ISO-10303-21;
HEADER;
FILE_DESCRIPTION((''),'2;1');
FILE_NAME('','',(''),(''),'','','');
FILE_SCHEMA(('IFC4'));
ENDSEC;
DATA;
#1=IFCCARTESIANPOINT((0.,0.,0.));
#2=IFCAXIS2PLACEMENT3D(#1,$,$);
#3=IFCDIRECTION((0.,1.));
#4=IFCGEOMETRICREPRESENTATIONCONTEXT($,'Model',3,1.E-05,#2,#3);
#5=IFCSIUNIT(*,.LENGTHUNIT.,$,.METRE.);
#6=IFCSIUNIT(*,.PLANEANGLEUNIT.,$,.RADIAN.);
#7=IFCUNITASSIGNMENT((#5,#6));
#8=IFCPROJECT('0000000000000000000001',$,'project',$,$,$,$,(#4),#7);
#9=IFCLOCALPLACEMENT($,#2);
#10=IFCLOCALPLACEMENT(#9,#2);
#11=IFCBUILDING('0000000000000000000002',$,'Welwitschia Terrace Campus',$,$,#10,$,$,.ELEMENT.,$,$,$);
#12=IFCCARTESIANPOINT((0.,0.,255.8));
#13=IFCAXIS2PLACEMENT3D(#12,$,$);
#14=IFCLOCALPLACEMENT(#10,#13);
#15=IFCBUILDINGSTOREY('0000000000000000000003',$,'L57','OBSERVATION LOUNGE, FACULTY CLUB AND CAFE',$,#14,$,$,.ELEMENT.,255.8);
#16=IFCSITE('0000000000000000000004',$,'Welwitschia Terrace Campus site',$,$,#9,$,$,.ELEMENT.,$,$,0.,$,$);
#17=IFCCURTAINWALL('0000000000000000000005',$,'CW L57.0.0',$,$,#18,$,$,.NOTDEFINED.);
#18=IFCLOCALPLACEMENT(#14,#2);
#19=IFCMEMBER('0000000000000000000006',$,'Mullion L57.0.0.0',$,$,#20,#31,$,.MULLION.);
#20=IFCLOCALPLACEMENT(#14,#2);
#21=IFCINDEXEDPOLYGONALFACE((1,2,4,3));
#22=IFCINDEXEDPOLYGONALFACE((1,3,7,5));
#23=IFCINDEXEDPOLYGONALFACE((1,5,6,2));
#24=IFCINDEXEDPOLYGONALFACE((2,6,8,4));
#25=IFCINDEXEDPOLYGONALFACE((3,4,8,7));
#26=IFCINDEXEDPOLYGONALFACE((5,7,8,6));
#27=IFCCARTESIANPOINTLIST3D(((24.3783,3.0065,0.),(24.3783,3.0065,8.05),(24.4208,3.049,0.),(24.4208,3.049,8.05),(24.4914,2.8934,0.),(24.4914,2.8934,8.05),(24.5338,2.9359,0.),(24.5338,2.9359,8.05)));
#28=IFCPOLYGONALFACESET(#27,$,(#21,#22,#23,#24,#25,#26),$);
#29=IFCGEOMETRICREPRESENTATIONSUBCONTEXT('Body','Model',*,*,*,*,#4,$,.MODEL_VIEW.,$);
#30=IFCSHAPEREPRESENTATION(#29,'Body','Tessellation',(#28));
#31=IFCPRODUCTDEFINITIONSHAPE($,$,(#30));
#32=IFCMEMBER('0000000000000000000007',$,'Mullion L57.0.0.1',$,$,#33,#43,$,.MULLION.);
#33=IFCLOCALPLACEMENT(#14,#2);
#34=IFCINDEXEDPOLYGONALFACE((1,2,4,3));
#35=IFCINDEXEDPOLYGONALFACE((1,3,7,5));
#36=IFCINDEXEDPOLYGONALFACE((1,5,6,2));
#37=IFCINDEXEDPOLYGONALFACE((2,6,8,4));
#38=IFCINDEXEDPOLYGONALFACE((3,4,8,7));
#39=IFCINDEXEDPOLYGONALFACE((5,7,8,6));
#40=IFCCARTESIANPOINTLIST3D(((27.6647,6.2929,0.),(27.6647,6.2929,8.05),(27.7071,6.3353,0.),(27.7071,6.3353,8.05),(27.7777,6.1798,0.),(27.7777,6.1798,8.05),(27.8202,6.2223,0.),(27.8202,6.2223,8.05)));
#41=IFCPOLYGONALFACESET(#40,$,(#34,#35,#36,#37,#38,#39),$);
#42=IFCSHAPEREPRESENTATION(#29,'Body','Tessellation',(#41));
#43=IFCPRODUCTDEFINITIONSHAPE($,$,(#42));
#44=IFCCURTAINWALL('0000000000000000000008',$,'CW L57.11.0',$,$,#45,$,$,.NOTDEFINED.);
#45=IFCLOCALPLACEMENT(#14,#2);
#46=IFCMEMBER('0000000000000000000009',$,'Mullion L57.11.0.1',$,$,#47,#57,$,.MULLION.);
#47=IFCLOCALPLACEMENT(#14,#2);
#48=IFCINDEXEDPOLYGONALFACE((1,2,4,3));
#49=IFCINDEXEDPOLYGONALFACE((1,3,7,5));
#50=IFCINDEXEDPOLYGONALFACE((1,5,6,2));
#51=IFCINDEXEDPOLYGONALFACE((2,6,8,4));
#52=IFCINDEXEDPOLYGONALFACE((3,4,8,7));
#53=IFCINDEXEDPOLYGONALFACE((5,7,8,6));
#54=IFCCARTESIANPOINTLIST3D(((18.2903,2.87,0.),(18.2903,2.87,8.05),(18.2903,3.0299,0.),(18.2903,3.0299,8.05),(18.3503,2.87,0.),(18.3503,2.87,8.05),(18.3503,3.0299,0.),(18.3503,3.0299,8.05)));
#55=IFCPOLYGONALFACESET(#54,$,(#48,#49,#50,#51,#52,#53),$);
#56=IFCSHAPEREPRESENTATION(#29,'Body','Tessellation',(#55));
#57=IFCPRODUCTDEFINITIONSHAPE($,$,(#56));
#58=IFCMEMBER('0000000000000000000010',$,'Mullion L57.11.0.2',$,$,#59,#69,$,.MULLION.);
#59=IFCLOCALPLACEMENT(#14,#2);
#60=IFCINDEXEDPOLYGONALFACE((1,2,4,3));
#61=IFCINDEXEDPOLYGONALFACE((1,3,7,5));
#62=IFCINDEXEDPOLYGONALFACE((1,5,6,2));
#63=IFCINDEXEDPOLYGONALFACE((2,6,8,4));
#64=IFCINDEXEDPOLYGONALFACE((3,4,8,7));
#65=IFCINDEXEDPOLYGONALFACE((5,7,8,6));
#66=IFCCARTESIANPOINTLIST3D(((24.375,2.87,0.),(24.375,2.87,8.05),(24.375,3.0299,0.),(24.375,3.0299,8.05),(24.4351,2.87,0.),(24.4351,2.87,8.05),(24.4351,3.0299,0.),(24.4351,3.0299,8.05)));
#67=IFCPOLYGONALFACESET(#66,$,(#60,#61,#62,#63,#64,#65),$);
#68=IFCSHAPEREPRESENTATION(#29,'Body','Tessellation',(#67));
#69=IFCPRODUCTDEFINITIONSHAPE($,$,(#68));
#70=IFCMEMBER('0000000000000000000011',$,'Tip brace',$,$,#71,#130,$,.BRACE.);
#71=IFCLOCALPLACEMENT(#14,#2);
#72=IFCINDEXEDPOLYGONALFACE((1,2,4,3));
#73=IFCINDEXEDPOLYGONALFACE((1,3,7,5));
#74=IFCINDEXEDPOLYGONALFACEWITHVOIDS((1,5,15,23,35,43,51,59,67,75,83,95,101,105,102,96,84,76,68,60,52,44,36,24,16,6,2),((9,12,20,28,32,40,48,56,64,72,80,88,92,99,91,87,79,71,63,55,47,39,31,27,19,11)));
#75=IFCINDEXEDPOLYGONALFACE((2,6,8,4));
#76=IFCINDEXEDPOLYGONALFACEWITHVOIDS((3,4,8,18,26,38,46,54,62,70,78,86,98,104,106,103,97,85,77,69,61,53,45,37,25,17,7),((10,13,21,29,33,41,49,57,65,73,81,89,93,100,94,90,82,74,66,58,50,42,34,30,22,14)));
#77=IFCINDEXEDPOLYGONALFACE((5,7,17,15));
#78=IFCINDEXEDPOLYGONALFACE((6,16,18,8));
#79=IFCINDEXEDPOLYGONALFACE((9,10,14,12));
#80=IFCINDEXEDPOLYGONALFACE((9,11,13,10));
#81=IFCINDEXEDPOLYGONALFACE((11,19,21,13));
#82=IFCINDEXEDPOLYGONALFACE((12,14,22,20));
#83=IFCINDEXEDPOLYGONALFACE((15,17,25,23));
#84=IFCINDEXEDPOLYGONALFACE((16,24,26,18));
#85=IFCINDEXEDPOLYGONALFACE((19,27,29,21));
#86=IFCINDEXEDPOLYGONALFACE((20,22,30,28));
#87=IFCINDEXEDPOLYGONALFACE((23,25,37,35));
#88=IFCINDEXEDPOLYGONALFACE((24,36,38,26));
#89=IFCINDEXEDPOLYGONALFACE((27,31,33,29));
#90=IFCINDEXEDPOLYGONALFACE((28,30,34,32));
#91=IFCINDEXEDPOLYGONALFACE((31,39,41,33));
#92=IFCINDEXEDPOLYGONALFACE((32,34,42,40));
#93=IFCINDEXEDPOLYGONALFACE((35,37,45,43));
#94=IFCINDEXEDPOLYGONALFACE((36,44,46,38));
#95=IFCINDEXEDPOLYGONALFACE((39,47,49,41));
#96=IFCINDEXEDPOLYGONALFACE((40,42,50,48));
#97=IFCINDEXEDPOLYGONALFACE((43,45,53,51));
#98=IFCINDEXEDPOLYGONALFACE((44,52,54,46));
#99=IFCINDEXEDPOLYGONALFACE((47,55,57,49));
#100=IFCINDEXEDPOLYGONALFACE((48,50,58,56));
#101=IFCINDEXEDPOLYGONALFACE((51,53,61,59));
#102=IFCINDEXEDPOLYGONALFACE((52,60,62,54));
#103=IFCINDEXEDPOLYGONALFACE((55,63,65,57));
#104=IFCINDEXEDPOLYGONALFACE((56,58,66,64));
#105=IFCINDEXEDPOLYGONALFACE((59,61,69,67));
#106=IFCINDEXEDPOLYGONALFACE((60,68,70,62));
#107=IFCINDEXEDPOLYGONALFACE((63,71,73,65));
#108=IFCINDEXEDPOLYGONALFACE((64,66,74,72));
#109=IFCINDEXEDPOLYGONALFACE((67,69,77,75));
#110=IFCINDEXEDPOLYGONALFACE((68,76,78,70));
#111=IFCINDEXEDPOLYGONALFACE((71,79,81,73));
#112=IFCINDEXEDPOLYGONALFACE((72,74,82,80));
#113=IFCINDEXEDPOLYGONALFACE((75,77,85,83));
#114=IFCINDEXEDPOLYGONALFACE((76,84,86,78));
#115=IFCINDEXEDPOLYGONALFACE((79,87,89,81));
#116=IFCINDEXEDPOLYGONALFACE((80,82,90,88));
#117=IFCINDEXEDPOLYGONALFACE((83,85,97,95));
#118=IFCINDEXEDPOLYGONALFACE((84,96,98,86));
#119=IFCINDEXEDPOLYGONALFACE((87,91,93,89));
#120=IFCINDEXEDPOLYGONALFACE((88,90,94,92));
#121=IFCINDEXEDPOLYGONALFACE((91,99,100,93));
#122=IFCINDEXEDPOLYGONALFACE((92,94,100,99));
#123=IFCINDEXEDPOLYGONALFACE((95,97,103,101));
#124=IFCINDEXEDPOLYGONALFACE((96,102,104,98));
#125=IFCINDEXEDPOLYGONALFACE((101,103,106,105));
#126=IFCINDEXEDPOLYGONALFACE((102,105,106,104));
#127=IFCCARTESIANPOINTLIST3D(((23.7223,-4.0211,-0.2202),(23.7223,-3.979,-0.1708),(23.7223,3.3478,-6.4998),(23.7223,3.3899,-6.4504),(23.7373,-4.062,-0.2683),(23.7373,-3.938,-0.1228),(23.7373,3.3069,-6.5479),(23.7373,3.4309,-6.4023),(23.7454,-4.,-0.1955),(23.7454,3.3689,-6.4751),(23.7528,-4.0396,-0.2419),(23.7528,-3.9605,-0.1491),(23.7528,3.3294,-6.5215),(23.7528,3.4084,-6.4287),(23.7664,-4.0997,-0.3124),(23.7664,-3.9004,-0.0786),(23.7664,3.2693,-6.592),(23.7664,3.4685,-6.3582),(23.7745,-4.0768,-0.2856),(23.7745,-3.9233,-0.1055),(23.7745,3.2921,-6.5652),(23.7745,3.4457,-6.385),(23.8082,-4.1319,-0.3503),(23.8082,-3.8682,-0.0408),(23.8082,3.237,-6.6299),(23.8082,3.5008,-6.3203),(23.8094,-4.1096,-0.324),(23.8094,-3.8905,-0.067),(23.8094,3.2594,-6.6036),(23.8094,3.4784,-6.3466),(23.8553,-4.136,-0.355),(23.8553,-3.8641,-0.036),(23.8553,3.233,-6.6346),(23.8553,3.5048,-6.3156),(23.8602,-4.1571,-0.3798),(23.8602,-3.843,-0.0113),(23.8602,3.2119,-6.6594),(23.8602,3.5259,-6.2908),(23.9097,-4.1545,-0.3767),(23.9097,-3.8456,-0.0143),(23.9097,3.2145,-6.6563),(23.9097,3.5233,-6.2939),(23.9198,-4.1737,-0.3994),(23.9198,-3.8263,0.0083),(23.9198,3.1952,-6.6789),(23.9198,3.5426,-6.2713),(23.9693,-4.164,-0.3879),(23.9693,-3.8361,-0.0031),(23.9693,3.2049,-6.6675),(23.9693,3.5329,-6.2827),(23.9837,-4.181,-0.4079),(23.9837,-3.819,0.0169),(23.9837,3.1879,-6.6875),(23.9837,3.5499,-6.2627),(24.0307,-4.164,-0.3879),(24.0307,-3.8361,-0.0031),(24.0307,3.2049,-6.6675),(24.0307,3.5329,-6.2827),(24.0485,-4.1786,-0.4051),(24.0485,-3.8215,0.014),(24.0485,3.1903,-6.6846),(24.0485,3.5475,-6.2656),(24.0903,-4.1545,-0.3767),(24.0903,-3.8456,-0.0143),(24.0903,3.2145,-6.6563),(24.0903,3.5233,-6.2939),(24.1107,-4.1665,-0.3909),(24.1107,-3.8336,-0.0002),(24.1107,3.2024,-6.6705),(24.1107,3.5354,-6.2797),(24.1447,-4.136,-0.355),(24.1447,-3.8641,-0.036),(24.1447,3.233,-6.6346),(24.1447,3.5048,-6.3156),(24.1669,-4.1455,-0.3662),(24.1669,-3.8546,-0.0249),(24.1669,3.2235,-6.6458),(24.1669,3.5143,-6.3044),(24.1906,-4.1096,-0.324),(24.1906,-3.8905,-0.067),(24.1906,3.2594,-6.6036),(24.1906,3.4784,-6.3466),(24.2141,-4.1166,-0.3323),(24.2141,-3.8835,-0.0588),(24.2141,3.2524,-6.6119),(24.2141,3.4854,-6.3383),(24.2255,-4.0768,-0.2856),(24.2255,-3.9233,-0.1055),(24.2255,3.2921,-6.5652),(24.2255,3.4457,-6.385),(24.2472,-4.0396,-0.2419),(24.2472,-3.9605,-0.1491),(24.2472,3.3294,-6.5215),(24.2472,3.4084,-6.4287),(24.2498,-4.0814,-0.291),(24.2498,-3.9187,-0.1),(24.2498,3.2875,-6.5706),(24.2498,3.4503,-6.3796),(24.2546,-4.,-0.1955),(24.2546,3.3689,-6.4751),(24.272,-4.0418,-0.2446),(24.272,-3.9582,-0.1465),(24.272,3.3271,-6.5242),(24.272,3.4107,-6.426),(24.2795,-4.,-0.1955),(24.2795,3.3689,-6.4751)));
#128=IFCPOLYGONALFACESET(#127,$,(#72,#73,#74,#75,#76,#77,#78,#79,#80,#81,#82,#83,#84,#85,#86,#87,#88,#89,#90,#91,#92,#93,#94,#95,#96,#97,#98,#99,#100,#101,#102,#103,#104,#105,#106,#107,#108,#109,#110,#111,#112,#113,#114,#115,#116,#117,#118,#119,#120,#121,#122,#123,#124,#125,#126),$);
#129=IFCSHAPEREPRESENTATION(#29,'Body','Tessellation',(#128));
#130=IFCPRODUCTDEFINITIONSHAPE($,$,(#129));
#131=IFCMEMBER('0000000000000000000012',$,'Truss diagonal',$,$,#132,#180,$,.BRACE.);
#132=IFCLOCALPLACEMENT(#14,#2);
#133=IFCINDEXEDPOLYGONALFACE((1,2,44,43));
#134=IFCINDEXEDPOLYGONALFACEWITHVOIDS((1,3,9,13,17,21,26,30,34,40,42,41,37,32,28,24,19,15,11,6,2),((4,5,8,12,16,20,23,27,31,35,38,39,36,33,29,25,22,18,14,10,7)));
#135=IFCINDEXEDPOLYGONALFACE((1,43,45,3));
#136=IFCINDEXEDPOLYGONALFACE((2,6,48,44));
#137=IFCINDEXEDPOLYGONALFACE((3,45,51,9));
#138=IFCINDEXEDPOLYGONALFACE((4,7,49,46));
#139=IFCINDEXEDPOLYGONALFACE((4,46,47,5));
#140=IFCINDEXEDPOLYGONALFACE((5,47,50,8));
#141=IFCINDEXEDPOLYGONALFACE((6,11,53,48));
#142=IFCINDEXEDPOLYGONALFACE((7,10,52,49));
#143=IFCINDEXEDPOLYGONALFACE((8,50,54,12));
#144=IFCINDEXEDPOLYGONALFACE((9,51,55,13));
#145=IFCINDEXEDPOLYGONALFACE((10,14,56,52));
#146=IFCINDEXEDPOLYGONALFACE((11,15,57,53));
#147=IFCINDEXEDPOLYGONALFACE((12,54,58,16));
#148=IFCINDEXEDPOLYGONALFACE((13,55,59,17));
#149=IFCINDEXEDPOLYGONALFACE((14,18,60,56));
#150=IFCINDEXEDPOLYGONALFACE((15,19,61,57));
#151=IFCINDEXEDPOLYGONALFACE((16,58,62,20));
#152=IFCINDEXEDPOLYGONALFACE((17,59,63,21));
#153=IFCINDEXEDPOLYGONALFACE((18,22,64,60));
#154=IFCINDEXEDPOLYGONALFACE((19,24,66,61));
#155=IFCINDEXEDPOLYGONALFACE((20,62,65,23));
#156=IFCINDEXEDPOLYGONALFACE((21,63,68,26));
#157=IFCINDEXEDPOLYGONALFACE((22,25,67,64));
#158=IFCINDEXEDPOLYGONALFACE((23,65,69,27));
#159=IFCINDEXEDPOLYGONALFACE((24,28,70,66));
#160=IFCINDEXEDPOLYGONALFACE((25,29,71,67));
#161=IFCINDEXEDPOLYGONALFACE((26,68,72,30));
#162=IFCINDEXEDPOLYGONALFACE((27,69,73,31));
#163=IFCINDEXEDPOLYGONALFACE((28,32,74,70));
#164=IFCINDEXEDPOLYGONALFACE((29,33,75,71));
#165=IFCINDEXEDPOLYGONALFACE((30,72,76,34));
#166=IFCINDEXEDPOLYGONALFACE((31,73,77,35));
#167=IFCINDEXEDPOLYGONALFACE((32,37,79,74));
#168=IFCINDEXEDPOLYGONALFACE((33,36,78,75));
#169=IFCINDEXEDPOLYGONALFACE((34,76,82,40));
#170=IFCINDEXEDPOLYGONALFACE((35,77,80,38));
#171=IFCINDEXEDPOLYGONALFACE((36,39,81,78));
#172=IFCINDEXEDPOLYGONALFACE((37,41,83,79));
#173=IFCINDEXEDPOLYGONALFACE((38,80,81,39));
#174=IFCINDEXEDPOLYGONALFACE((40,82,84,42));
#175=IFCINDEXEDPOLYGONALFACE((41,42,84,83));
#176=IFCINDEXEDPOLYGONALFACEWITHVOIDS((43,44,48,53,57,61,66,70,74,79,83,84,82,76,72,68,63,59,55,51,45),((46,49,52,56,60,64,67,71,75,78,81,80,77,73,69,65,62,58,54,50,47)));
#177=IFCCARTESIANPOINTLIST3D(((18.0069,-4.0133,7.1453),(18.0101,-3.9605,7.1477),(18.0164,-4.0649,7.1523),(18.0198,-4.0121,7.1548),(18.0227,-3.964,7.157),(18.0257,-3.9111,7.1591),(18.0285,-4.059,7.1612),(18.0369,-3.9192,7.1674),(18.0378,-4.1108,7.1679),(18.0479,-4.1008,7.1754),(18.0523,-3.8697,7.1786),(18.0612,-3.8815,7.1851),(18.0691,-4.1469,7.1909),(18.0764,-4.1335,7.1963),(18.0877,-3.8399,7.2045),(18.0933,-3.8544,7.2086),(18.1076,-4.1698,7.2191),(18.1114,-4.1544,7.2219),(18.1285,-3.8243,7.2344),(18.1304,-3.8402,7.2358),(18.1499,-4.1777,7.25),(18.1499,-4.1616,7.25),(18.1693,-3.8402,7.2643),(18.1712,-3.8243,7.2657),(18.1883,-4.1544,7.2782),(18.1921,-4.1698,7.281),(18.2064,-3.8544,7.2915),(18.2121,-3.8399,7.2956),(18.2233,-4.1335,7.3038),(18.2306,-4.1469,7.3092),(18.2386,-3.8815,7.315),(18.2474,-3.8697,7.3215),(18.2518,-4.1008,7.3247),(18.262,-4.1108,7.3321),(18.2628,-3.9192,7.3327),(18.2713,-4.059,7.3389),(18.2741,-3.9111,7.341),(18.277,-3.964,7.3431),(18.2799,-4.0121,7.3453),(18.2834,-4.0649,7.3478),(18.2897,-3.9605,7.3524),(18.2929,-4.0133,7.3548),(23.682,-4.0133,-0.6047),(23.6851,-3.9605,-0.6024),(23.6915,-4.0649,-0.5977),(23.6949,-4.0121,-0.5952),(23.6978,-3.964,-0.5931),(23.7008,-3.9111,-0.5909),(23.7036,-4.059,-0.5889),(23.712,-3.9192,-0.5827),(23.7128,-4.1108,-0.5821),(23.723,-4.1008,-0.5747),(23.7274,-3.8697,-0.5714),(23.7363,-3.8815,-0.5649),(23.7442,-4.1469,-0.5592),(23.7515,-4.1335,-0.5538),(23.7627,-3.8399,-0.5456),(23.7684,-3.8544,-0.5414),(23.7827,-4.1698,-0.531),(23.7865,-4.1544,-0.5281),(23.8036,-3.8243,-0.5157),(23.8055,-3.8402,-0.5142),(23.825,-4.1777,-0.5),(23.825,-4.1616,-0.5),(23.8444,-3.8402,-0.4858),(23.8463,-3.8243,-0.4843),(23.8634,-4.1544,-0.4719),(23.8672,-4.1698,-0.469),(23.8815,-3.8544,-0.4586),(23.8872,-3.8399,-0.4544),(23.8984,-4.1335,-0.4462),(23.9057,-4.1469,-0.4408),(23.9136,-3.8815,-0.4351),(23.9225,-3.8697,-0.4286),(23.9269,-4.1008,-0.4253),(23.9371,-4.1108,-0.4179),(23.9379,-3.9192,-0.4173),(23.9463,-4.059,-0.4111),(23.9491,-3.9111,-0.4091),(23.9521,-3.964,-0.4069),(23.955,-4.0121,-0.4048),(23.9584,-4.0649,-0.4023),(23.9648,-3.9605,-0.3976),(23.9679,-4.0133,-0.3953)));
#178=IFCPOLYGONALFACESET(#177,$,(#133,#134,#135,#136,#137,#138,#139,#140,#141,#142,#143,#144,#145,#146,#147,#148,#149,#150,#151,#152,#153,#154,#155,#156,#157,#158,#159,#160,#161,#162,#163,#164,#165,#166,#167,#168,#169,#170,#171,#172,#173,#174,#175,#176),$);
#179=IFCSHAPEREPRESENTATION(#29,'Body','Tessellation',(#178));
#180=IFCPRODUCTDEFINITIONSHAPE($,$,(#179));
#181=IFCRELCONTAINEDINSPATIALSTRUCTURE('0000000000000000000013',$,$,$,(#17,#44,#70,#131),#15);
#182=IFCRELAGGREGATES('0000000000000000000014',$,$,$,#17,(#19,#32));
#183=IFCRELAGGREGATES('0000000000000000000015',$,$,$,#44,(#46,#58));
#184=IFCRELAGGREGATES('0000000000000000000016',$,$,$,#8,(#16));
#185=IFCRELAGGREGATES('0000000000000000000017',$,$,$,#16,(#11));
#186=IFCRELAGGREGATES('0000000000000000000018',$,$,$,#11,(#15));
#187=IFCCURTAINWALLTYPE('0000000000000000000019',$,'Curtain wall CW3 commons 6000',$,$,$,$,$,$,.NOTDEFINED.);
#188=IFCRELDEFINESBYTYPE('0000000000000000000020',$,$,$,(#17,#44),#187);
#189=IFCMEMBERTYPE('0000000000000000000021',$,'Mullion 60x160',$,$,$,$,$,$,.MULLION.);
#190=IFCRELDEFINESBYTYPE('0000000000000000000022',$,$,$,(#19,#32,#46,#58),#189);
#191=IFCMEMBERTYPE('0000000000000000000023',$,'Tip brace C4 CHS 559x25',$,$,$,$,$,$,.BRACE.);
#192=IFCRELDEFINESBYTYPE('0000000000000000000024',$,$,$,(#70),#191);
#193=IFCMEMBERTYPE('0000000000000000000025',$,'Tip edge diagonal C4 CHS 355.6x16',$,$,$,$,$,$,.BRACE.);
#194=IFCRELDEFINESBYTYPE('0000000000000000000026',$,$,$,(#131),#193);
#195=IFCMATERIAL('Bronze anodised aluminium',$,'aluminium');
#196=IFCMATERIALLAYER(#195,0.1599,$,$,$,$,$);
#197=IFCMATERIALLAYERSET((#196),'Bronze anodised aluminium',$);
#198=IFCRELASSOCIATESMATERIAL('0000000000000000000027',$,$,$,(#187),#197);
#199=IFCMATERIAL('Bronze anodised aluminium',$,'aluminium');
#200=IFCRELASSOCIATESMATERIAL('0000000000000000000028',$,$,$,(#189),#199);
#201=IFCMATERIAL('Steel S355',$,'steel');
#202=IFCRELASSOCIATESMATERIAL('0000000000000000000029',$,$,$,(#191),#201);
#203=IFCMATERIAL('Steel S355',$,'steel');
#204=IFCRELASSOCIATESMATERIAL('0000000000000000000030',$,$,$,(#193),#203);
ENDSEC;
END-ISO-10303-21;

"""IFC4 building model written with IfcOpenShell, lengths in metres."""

from ifc_helpers import new_model, si_unit, direction, frame, origin, origin_2d, place, context, subcontext, project, spatial, rectangle, hollow_circle, extrude, material, layer, layer_set, material_profile, profile_set, type_object, element, aggregate, save


model = new_model("IFC4")

# Units and contexts
model_context = context("Model", 3, precision=1e-05, world=origin(), true_north=direction((0.0, 1.0)))
body_context = subcontext(model_context, "Body", "Model", "MODEL_VIEW")
ifc_project = project(units=[si_unit("LENGTHUNIT", "METRE"), si_unit("PLANEANGLEUNIT", "RADIAN")], contexts=[model_context])

# Site, building, storey
site_placement = place(None, origin())
site = spatial("IfcSite", under=ifc_project, at=site_placement, Name="Welwitschia Terrace Campus site", CompositionType="ELEMENT", RefElevation=0.0)
building_placement = place(site_placement, origin())
building = spatial("IfcBuilding", under=site, at=building_placement, Name="Welwitschia Terrace Campus", CompositionType="ELEMENT")
storey_placement = place(building_placement, frame((0.0, 0.0, 255.8)))
storey = spatial("IfcBuildingStorey", under=building, at=storey_placement, Name="L57", Description="OBSERVATION LOUNGE, FACULTY CLUB AND CAFE", CompositionType="ELEMENT", Elevation=255.8)

# Curtain walls, members
ifc_material_1 = material(Name="Bronze anodised aluminium", Category="aluminium")
ifc_layer_1 = layer(ifc_material_1, 0.1599)
ifc_layer_set_1 = layer_set([ifc_layer_1], Name="Bronze anodised aluminium")
curtain_wall_type = type_object("IfcCurtainWallType", Name="Curtain wall CW3 commons 6000", PredefinedType="NOTDEFINED", material=ifc_layer_set_1)
curtain_wall_1_placement = place(storey_placement, origin())
curtain_wall_1 = element("IfcCurtainWall", 1, at=curtain_wall_1_placement, inside=storey, type_object=curtain_wall_type, Name="CW L57.0.0", PredefinedType="NOTDEFINED")
ifc_material_2 = material(Name="Bronze anodised aluminium", Category="aluminium")
ifc_material_profile_1 = material_profile(ifc_material_2, rectangle(XDim=0.1599, YDim=0.0601, at=origin_2d()))
ifc_profile_set_1 = profile_set([ifc_material_profile_1], Name="Bronze anodised aluminium")
member_type_1 = type_object("IfcMemberType", Name="Mullion 60x160", PredefinedType="MULLION", material=ifc_profile_set_1)
member_1_placement = place(storey_placement, frame((24.4561, 2.9712, 0.0), z_axis=(0.0, 0.0, 1.0), x_axis=(-0.707107, 0.707107, 0.0)))
member_1 = element("IfcMember", 2, at=member_1_placement, type_object=member_type_1, Name="Mullion L57.0.0.0", PredefinedType="MULLION", context=body_context, shape_type="SweptSolid", body=[
    extrude(rectangle(XDim=0.1599, YDim=0.0601, at=origin_2d()), origin(), (0.0, 0.0, 1.0), 8.05),
])
member_2_placement = place(storey_placement, frame((27.7424, 6.2576, 0.0), z_axis=(0.0, 0.0, 1.0), x_axis=(-0.707107, 0.707107, 0.0)))
member_2 = element("IfcMember", 3, at=member_2_placement, type_object=member_type_1, Name="Mullion L57.0.0.1", PredefinedType="MULLION", context=body_context, shape_type="SweptSolid", body=[
    extrude(rectangle(XDim=0.1599, YDim=0.0601, at=origin_2d()), origin(), (0.0, 0.0, 1.0), 8.05),
])
curtain_wall_2_placement = place(storey_placement, origin())
curtain_wall_2 = element("IfcCurtainWall", 4, at=curtain_wall_2_placement, inside=storey, type_object=curtain_wall_type, Name="CW L57.11.0", PredefinedType="NOTDEFINED")
member_3_placement = place(storey_placement, frame((18.3203, 2.95, 0.0), z_axis=(0.0, 0.0, 1.0), x_axis=(0.0, 1.0, 0.0)))
member_3 = element("IfcMember", 5, at=member_3_placement, type_object=member_type_1, Name="Mullion L57.11.0.1", PredefinedType="MULLION", context=body_context, shape_type="SweptSolid", body=[
    extrude(rectangle(XDim=0.1599, YDim=0.0601, at=origin_2d()), origin(), (0.0, 0.0, 1.0), 8.05),
])
member_4_placement = place(storey_placement, frame((24.405, 2.95, 0.0), z_axis=(0.0, 0.0, 1.0), x_axis=(0.0, 1.0, 0.0)))
member_4 = element("IfcMember", 6, at=member_4_placement, type_object=member_type_1, Name="Mullion L57.11.0.2", PredefinedType="MULLION", context=body_context, shape_type="SweptSolid", body=[
    extrude(rectangle(XDim=0.1599, YDim=0.0601, at=origin_2d()), origin(), (0.0, 0.0, 1.0), 8.05),
])

# Members
ifc_material_3 = material(Name="Steel S355", Category="steel")
ifc_material_profile_2 = material_profile(ifc_material_3, hollow_circle(Radius=0.2795, WallThickness=0.0249, at=origin_2d()))
ifc_profile_set_2 = profile_set([ifc_material_profile_2], Name="Steel S355")
member_type_2 = type_object("IfcMemberType", Name="Tip brace C4 CHS 559x25", PredefinedType="BRACE", material=ifc_profile_set_2)
member_5_placement = place(storey_placement, frame((24.0, 3.3689, -6.4751), z_axis=(0.0, -0.761124, 0.648606), x_axis=(1.0, 0.0, 0.0)))
element("IfcMember", 7, at=member_5_placement, inside=storey, type_object=member_type_2, Name="Tip brace", PredefinedType="BRACE", context=body_context, shape_type="SweptSolid", body=[
    extrude(hollow_circle(Radius=0.2795, WallThickness=0.0249, at=origin_2d()), origin(), (0.0, 0.0, 1.0), 9.6816),
])
ifc_material_4 = material(Name="Steel S355", Category="steel")
ifc_material_profile_3 = material_profile(ifc_material_4, hollow_circle(Radius=0.1777, WallThickness=0.0161, at=origin_2d()))
ifc_profile_set_3 = profile_set([ifc_material_profile_3], Name="Steel S355")
member_type_3 = type_object("IfcMemberType", Name="Tip edge diagonal C4 CHS 355.6x16", PredefinedType="BRACE", material=ifc_profile_set_3)
member_6_placement = place(storey_placement, frame((23.825, -4.0, -0.5), z_axis=(-0.590803, 0.0, 0.806816), x_axis=(0.0, -1.0, 0.0)))
element("IfcMember", 8, at=member_6_placement, inside=storey, type_object=member_type_3, Name="Truss diagonal", PredefinedType="BRACE", context=body_context, shape_type="SweptSolid", body=[
    extrude(hollow_circle(Radius=0.1777, WallThickness=0.0161, at=origin_2d()), origin(), (0.0, 0.0, 1.0), 9.6057),
])

aggregate(curtain_wall_1, [member_1, member_2])
aggregate(curtain_wall_2, [member_3, member_4])

save(model, "model.ifc")
